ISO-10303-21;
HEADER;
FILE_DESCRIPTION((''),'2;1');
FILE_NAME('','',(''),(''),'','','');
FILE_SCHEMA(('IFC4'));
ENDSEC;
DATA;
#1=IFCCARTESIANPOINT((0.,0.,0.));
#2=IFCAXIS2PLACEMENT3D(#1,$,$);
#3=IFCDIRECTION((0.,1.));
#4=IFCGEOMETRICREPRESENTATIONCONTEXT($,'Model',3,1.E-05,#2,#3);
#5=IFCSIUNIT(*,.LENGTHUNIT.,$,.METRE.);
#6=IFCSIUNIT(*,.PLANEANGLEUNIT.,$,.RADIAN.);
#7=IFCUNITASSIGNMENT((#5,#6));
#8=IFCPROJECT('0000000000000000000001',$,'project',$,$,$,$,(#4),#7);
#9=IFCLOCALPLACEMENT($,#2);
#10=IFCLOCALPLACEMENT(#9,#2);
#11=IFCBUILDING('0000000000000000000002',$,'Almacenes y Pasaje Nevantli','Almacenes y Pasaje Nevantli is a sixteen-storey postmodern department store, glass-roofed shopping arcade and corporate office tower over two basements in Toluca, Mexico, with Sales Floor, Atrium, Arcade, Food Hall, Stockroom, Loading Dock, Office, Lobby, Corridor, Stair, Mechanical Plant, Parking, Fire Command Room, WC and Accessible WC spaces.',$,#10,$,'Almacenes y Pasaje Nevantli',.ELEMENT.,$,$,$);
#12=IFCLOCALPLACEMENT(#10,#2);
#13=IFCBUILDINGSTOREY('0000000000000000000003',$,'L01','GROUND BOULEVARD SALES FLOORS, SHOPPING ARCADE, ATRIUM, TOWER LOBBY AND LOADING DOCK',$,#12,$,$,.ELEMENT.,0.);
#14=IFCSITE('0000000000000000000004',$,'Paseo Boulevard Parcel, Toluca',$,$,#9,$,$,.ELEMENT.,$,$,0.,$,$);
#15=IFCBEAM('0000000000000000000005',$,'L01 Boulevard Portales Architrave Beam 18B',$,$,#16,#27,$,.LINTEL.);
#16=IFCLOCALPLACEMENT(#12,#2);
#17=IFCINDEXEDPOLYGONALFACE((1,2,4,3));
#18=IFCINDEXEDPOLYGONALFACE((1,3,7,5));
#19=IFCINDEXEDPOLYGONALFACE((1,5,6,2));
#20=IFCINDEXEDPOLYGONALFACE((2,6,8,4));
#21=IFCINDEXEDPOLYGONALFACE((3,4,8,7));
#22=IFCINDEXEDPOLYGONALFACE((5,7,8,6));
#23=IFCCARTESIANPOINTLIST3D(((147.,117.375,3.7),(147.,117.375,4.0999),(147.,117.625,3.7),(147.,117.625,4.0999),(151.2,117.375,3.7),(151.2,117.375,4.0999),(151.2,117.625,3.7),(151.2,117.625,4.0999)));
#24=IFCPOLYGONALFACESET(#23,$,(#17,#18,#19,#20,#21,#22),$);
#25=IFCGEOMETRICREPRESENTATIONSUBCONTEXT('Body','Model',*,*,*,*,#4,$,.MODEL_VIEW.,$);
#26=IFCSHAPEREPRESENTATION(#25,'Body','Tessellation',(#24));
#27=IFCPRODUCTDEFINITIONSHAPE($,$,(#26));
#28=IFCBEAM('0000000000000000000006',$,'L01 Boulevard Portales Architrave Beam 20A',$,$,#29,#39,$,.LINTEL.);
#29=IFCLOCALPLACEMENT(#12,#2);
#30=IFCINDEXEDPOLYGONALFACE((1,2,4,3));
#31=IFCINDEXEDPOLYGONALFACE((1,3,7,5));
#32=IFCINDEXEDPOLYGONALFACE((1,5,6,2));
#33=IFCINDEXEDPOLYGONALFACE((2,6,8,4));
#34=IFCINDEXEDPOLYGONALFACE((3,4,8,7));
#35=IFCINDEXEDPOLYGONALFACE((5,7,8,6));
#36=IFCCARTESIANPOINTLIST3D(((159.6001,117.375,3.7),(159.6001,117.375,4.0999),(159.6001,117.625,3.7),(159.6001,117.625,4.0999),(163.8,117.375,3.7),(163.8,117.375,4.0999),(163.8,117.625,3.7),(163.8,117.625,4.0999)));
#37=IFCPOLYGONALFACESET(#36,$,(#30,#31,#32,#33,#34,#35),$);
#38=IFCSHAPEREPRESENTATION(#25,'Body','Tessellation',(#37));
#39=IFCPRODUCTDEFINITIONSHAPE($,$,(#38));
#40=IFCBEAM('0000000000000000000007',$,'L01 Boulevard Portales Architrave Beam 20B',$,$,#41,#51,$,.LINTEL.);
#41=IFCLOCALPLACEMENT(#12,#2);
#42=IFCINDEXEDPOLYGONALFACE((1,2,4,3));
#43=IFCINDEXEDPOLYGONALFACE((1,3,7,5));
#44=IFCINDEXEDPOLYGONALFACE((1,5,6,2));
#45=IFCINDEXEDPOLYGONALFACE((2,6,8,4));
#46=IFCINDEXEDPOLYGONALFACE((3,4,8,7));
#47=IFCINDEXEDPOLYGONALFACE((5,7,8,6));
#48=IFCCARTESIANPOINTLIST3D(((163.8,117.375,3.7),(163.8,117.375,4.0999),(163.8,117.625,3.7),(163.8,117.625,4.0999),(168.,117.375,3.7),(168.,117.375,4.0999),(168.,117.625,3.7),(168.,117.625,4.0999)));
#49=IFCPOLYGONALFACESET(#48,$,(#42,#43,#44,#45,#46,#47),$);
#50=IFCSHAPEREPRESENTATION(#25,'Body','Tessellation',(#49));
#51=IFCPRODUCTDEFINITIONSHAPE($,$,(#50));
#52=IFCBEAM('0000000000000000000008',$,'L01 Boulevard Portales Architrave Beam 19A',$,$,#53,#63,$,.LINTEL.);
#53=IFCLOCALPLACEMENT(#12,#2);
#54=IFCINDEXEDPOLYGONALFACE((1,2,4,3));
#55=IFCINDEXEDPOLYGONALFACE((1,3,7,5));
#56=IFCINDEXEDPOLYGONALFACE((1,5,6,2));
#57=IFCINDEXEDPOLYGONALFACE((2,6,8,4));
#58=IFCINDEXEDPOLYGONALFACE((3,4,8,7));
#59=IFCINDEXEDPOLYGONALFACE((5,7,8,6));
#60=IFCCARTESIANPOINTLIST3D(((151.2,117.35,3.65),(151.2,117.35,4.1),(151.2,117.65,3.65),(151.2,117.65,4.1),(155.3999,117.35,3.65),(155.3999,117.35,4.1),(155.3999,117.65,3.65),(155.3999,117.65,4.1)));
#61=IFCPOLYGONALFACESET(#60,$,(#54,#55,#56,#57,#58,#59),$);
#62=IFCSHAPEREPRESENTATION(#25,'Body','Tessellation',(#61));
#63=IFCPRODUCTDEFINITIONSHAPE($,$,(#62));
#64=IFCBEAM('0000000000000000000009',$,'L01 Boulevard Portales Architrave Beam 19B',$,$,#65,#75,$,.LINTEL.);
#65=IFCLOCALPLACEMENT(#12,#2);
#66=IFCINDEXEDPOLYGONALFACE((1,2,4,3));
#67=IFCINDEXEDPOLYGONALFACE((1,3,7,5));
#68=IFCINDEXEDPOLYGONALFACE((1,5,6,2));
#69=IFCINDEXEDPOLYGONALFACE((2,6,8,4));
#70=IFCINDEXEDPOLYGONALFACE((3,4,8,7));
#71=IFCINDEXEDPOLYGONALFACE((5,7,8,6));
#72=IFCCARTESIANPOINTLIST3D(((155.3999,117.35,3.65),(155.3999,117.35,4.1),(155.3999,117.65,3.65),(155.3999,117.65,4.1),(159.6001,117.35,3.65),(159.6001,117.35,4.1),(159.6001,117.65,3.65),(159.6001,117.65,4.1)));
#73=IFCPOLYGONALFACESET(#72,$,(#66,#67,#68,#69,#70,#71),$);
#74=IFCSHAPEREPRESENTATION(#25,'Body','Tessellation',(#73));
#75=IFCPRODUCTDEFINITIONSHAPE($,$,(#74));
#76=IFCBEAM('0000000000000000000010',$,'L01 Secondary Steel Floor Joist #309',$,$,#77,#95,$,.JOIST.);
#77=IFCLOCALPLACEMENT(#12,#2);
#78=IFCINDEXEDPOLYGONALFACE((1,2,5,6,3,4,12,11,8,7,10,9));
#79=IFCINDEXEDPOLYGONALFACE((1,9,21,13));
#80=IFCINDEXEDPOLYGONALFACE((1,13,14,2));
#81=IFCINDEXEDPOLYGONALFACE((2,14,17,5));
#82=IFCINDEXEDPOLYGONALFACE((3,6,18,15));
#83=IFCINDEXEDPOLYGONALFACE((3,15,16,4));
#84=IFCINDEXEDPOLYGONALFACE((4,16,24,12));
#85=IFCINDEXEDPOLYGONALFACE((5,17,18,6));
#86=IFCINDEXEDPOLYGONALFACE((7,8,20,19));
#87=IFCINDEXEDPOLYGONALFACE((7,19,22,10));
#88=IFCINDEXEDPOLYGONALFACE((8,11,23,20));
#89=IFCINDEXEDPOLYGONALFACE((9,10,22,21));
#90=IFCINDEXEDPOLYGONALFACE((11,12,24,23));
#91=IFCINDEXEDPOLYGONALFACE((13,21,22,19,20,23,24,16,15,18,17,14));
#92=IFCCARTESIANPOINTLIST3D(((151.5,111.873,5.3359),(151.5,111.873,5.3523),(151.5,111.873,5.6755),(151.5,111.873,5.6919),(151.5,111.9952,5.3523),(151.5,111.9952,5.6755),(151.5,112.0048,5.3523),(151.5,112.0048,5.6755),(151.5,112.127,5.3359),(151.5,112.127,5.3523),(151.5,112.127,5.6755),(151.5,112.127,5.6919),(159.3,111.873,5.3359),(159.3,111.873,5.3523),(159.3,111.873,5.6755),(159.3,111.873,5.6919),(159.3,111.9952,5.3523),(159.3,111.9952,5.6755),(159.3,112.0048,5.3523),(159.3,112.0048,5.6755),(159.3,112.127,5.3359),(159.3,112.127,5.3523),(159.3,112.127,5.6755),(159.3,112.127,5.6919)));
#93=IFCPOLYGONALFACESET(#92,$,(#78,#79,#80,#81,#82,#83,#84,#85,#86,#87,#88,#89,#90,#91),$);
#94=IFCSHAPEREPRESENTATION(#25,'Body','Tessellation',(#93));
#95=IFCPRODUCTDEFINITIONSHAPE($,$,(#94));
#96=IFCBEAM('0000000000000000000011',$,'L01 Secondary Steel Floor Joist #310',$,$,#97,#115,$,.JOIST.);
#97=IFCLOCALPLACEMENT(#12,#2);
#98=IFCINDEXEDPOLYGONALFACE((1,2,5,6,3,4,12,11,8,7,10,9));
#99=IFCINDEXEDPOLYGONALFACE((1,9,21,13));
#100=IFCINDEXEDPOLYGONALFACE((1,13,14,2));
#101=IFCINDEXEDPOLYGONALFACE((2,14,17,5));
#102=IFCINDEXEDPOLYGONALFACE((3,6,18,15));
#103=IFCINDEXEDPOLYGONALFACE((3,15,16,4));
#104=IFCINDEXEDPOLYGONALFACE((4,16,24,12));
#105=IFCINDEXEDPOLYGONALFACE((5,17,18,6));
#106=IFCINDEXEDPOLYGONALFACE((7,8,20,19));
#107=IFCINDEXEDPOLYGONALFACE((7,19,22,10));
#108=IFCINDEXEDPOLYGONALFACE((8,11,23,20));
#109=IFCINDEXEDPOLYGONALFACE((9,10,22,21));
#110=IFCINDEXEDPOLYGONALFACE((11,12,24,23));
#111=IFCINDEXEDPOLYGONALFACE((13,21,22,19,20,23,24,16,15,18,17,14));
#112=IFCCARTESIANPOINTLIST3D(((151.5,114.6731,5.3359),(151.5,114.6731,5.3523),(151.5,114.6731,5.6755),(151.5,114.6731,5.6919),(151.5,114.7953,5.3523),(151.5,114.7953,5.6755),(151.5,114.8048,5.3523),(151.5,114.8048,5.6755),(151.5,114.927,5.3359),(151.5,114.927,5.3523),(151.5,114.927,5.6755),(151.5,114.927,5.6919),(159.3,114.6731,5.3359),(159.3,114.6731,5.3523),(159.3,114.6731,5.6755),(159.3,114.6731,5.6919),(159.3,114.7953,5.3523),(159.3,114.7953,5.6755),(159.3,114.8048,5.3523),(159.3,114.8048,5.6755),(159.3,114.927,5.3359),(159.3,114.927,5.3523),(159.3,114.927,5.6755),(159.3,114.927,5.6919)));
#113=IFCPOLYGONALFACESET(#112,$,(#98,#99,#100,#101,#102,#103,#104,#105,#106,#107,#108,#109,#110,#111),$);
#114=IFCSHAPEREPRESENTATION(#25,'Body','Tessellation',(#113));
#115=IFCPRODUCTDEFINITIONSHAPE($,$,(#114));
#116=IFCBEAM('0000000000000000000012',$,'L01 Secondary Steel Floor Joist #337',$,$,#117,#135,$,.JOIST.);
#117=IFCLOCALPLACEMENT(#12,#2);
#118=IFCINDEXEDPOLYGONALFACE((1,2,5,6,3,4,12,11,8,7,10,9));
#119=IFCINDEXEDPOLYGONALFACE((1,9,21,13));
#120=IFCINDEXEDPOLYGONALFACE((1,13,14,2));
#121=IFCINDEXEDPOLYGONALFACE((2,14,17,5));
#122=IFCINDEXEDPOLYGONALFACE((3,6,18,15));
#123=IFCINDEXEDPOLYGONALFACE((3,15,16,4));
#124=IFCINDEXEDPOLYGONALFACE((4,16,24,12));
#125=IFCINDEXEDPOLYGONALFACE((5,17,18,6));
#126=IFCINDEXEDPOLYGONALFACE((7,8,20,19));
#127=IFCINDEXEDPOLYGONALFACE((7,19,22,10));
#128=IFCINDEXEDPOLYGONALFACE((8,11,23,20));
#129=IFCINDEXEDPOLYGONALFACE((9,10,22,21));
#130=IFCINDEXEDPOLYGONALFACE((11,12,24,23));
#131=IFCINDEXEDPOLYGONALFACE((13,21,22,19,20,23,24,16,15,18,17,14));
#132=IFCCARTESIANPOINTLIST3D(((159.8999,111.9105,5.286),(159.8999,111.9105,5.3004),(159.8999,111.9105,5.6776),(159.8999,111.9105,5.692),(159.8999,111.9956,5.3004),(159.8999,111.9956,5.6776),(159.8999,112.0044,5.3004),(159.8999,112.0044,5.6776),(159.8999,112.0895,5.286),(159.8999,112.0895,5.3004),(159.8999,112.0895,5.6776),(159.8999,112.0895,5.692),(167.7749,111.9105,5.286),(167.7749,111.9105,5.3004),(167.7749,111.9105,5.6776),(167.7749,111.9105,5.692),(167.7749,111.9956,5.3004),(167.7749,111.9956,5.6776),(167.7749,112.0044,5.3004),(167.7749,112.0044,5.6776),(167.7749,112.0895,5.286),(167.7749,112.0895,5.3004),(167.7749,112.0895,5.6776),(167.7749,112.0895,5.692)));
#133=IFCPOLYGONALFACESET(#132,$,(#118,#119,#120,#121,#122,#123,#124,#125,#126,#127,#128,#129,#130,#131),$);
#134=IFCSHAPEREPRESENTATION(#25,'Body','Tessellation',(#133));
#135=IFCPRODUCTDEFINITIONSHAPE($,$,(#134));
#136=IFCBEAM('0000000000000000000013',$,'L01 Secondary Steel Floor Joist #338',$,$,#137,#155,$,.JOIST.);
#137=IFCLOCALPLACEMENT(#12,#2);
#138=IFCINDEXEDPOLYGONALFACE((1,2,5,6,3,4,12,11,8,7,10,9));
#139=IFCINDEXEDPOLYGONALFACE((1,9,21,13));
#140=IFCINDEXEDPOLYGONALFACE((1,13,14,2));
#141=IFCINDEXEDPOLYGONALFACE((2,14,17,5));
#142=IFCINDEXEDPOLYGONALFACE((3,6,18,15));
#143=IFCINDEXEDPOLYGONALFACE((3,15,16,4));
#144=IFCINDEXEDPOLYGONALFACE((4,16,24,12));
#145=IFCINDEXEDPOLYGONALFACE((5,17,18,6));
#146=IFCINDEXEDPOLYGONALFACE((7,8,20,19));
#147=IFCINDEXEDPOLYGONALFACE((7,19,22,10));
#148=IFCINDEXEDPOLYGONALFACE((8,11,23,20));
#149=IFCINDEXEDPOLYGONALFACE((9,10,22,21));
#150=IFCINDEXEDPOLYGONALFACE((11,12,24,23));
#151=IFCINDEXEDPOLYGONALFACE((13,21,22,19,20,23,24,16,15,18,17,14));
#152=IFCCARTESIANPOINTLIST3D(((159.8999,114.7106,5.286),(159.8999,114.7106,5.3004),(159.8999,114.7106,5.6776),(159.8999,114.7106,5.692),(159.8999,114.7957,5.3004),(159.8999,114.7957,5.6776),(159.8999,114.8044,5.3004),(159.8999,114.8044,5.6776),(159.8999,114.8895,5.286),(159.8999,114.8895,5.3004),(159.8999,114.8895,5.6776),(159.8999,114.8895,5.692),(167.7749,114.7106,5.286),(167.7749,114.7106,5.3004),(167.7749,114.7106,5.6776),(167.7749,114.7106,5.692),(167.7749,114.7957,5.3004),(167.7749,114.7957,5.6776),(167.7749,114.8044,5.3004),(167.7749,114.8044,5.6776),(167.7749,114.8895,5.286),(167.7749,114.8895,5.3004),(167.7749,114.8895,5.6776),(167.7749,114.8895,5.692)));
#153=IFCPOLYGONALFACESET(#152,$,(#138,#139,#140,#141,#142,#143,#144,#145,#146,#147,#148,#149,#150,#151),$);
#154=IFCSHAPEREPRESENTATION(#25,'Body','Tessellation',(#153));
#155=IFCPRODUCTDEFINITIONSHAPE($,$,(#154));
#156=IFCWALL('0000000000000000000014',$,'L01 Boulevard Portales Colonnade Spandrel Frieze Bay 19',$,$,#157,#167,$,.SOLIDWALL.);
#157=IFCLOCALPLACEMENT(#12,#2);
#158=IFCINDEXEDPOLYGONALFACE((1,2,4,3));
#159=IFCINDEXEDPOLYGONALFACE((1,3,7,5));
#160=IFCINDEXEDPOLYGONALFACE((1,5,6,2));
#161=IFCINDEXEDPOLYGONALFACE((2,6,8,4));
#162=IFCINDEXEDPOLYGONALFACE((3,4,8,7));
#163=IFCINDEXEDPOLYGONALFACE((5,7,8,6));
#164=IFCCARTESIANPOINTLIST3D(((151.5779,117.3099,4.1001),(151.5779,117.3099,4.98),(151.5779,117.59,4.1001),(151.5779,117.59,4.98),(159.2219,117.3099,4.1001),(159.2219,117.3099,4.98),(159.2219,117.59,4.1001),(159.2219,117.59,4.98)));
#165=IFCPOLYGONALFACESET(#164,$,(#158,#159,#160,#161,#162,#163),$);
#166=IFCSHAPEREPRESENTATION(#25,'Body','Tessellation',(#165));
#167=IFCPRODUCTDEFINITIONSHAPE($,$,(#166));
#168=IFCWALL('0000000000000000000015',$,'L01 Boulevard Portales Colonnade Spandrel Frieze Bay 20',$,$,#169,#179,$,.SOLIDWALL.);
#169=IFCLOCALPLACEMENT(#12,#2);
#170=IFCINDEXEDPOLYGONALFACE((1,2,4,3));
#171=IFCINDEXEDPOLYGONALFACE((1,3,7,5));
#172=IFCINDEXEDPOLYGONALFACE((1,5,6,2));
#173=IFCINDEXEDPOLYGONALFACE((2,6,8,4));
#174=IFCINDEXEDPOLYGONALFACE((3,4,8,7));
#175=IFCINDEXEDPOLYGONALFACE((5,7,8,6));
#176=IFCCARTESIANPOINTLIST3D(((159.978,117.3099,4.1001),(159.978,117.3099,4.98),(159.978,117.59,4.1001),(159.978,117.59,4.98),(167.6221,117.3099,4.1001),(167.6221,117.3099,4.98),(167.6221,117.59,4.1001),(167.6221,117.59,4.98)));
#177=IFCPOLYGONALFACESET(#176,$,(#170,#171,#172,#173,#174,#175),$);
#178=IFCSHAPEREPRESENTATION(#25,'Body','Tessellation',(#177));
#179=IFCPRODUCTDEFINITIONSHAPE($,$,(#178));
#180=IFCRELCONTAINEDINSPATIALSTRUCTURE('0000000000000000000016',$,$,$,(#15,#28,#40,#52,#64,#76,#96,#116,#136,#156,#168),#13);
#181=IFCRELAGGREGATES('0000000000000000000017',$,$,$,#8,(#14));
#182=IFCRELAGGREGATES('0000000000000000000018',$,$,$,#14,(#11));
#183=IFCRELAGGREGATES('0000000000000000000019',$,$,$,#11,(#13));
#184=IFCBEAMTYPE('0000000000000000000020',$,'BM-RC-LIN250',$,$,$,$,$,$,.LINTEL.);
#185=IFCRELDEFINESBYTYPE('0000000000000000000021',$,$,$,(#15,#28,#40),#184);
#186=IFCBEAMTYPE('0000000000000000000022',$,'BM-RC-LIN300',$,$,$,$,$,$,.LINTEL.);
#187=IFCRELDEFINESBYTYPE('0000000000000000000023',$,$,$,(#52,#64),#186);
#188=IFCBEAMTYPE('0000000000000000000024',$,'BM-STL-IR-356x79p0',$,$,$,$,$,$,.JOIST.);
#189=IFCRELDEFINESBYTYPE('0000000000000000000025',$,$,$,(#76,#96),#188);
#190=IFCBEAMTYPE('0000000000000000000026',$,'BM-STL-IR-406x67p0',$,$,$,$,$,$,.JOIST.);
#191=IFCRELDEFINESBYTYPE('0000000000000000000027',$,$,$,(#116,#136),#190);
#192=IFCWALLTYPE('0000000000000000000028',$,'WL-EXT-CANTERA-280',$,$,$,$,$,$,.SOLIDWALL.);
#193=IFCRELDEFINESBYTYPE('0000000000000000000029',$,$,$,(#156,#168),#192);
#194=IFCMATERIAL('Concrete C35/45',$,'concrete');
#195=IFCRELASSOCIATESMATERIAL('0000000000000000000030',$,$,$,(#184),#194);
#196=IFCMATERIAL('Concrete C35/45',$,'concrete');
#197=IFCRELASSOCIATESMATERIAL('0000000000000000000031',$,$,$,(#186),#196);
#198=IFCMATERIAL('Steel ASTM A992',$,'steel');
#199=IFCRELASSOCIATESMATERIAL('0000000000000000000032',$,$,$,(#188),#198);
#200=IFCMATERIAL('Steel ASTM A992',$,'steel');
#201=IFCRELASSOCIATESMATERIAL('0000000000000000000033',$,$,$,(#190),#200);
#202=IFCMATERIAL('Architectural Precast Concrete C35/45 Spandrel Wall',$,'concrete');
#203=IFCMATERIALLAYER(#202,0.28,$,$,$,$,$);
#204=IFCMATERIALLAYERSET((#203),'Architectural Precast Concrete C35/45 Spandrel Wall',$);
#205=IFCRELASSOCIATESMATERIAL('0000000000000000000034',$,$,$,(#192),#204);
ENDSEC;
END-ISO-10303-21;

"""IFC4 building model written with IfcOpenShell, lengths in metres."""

from ifc_helpers import new_model, si_unit, direction, frame, frame_2d, origin, origin_2d, place, context, subcontext, project, spatial, rectangle, i_section, extrude, material, layer, layer_set, material_profile, profile_set, type_object, element, save


model = new_model("IFC4")

# Units and contexts
model_context = context("Model", 3, precision=1e-05, world=origin(), true_north=direction((0.0, 1.0)))
body_context = subcontext(model_context, "Body", "Model", "MODEL_VIEW")
ifc_project = project(units=[si_unit("LENGTHUNIT", "METRE"), si_unit("PLANEANGLEUNIT", "RADIAN")], contexts=[model_context])

# Site, building, storey
site_placement = place(None, origin())
site = spatial("IfcSite", under=ifc_project, at=site_placement, Name="Paseo Boulevard Parcel, Toluca", CompositionType="ELEMENT", RefElevation=0.0)
building_placement = place(site_placement, origin())
building = spatial("IfcBuilding", under=site, at=building_placement, Name="Almacenes y Pasaje Nevantli", Description="Almacenes y Pasaje Nevantli is a sixteen-storey postmodern department store, glass-roofed shopping arcade and corporate office tower over two basements in Toluca, Mexico, with Sales Floor, Atrium, Arcade, Food Hall, Stockroom, Loading Dock, Office, Lobby, Corridor, Stair, Mechanical Plant, Parking, Fire Command Room, WC and Accessible WC spaces.", LongName="Almacenes y Pasaje Nevantli", CompositionType="ELEMENT")
storey_placement = place(building_placement, origin())
storey = spatial("IfcBuildingStorey", under=building, at=storey_placement, Name="L01", Description="GROUND BOULEVARD SALES FLOORS, SHOPPING ARCADE, ATRIUM, TOWER LOBBY AND LOADING DOCK", CompositionType="ELEMENT", Elevation=0.0)

# Beams
ifc_material_1 = material(Name="Concrete C35/45", Category="concrete")
ifc_material_profile_1 = material_profile(ifc_material_1, rectangle(XDim=0.25, YDim=0.3999, at=origin_2d()), Name="RC-LIN-250x400")
ifc_profile_set_1 = profile_set([ifc_material_profile_1], Name="Concrete C35/45")
beam_type_1 = type_object("IfcBeamType", Name="BM-RC-LIN250", PredefinedType="LINTEL", material=ifc_profile_set_1)
for number, where, z_axis, x_axis, name in (
    (1, (147.0, 117.5, 3.8999), (1.0, 0.0, 0.0), (0.0, 1.0, 0.0), "L01 Boulevard Portales Architrave Beam 18B"),
    (2, (159.6001, 117.5, 3.8999), (1.0, 0.0, 0.0), (0.0, 1.0, 0.0), "L01 Boulevard Portales Architrave Beam 20A"),
    (3, (163.8, 117.5, 3.8999), (1.0, 0.0, 0.0), (0.0, 1.0, 0.0), "L01 Boulevard Portales Architrave Beam 20B"),
):
    element("IfcBeam", number, at=place(storey_placement, frame(where, z_axis=z_axis, x_axis=x_axis)), inside=storey, type_object=beam_type_1, Name=name, PredefinedType="LINTEL", context=body_context, shape_type="SweptSolid", body=[
        extrude(rectangle(XDim=0.25, YDim=0.3999, at=origin_2d()), origin(), (0.0, 0.0, 1.0), 4.2),
    ])
ifc_material_2 = material(Name="Concrete C35/45", Category="concrete")
ifc_material_profile_2 = material_profile(ifc_material_2, rectangle(XDim=0.3, YDim=0.45, at=origin_2d()), Name="RC-LIN-300x450")
ifc_profile_set_2 = profile_set([ifc_material_profile_2], Name="Concrete C35/45")
beam_type_2 = type_object("IfcBeamType", Name="BM-RC-LIN300", PredefinedType="LINTEL", material=ifc_profile_set_2)
beam_1_placement = place(storey_placement, frame((151.2, 117.5, 3.875), z_axis=(1.0, 0.0, 0.0), x_axis=(0.0, 1.0, 0.0)))
element("IfcBeam", 4, at=beam_1_placement, inside=storey, type_object=beam_type_2, Name="L01 Boulevard Portales Architrave Beam 19A", PredefinedType="LINTEL", context=body_context, shape_type="SweptSolid", body=[
    extrude(rectangle(XDim=0.3, YDim=0.45, at=origin_2d()), origin(), (0.0, 0.0, 1.0), 4.2),
])
beam_2_placement = place(storey_placement, frame((155.3999, 117.5, 3.875), z_axis=(1.0, 0.0, 0.0), x_axis=(0.0, 1.0, 0.0)))
element("IfcBeam", 5, at=beam_2_placement, inside=storey, type_object=beam_type_2, Name="L01 Boulevard Portales Architrave Beam 19B", PredefinedType="LINTEL", context=body_context, shape_type="SweptSolid", body=[
    extrude(rectangle(XDim=0.3, YDim=0.45, at=origin_2d()), origin(), (0.0, 0.0, 1.0), 4.2002),
])
ifc_material_3 = material(Name="Steel ASTM A992", Category="steel")
ifc_material_profile_3 = material_profile(ifc_material_3, i_section(OverallWidth=0.2539, OverallDepth=0.356, WebThickness=0.0095, FlangeThickness=0.0164, at=origin_2d()), Name="IR 356x79.0")
ifc_profile_set_3 = profile_set([ifc_material_profile_3], Name="Steel ASTM A992")
beam_type_3 = type_object("IfcBeamType", Name="BM-STL-IR-356x79p0", PredefinedType="JOIST", material=ifc_profile_set_3)
for number, where, z_axis, x_axis, name in (
    (6, (151.5, 112.0, 5.5139), (1.0, 0.0, 0.0), (0.0, 1.0, 0.0), "L01 Secondary Steel Floor Joist #309"),
    (7, (151.5, 114.8, 5.5139), (1.0, 0.0, 0.0), (0.0, 1.0, 0.0), "L01 Secondary Steel Floor Joist #310"),
):
    element("IfcBeam", number, at=place(storey_placement, frame(where, z_axis=z_axis, x_axis=x_axis)), inside=storey, type_object=beam_type_3, Name=name, PredefinedType="JOIST", context=body_context, shape_type="SweptSolid", body=[
        extrude(i_section(OverallWidth=0.2539, OverallDepth=0.356, WebThickness=0.0095, FlangeThickness=0.0164, at=origin_2d()), origin(), (0.0, 0.0, 1.0), 7.8),
    ])
ifc_material_4 = material(Name="Steel ASTM A992", Category="steel")
ifc_material_profile_4 = material_profile(ifc_material_4, i_section(OverallWidth=0.179, OverallDepth=0.406, WebThickness=0.0088, FlangeThickness=0.0144, at=origin_2d()), Name="IR 406x67.0")
ifc_profile_set_4 = profile_set([ifc_material_profile_4], Name="Steel ASTM A992")
beam_type_4 = type_object("IfcBeamType", Name="BM-STL-IR-406x67p0", PredefinedType="JOIST", material=ifc_profile_set_4)
for number, where, z_axis, x_axis, name in (
    (8, (159.8999, 112.0, 5.489), (1.0, 0.0, 0.0), (0.0, 1.0, 0.0), "L01 Secondary Steel Floor Joist #337"),
    (9, (159.8999, 114.8, 5.489), (1.0, 0.0, 0.0), (0.0, 1.0, 0.0), "L01 Secondary Steel Floor Joist #338"),
):
    element("IfcBeam", number, at=place(storey_placement, frame(where, z_axis=z_axis, x_axis=x_axis)), inside=storey, type_object=beam_type_4, Name=name, PredefinedType="JOIST", context=body_context, shape_type="SweptSolid", body=[
        extrude(i_section(OverallWidth=0.179, OverallDepth=0.406, WebThickness=0.0088, FlangeThickness=0.0144, at=origin_2d()), origin(), (0.0, 0.0, 1.0), 7.875),
    ])

# Walls
ifc_material_5 = material(Name="Architectural Precast Concrete C35/45 Spandrel Wall", Category="concrete")
ifc_layer_1 = layer(ifc_material_5, 0.28)
ifc_layer_set_1 = layer_set([ifc_layer_1], Name="Architectural Precast Concrete C35/45 Spandrel Wall")
wall_type_1 = type_object("IfcWallType", Name="WL-EXT-CANTERA-280", PredefinedType="SOLIDWALL", material=ifc_layer_set_1)
for number, where, z_axis, x_axis, name in (
    (10, (151.5779, 117.45, 4.1001), (0.0, 0.0, 1.0), (1.0, 0.0, 0.0), "L01 Boulevard Portales Colonnade Spandrel Frieze Bay 19"),
    (11, (159.978, 117.45, 4.1001), (0.0, 0.0, 1.0), (1.0, 0.0, 0.0), "L01 Boulevard Portales Colonnade Spandrel Frieze Bay 20"),
):
    element("IfcWall", number, at=place(storey_placement, frame(where, z_axis=z_axis, x_axis=x_axis)), inside=storey, type_object=wall_type_1, Name=name, PredefinedType="SOLIDWALL", context=body_context, shape_type="SweptSolid", body=[
        extrude(rectangle(XDim=7.644, YDim=0.28, at=frame_2d((3.822, 0.0))), origin(), (0.0, 0.0, 1.0), 0.8799),
    ])

save(model, "model.ifc")
